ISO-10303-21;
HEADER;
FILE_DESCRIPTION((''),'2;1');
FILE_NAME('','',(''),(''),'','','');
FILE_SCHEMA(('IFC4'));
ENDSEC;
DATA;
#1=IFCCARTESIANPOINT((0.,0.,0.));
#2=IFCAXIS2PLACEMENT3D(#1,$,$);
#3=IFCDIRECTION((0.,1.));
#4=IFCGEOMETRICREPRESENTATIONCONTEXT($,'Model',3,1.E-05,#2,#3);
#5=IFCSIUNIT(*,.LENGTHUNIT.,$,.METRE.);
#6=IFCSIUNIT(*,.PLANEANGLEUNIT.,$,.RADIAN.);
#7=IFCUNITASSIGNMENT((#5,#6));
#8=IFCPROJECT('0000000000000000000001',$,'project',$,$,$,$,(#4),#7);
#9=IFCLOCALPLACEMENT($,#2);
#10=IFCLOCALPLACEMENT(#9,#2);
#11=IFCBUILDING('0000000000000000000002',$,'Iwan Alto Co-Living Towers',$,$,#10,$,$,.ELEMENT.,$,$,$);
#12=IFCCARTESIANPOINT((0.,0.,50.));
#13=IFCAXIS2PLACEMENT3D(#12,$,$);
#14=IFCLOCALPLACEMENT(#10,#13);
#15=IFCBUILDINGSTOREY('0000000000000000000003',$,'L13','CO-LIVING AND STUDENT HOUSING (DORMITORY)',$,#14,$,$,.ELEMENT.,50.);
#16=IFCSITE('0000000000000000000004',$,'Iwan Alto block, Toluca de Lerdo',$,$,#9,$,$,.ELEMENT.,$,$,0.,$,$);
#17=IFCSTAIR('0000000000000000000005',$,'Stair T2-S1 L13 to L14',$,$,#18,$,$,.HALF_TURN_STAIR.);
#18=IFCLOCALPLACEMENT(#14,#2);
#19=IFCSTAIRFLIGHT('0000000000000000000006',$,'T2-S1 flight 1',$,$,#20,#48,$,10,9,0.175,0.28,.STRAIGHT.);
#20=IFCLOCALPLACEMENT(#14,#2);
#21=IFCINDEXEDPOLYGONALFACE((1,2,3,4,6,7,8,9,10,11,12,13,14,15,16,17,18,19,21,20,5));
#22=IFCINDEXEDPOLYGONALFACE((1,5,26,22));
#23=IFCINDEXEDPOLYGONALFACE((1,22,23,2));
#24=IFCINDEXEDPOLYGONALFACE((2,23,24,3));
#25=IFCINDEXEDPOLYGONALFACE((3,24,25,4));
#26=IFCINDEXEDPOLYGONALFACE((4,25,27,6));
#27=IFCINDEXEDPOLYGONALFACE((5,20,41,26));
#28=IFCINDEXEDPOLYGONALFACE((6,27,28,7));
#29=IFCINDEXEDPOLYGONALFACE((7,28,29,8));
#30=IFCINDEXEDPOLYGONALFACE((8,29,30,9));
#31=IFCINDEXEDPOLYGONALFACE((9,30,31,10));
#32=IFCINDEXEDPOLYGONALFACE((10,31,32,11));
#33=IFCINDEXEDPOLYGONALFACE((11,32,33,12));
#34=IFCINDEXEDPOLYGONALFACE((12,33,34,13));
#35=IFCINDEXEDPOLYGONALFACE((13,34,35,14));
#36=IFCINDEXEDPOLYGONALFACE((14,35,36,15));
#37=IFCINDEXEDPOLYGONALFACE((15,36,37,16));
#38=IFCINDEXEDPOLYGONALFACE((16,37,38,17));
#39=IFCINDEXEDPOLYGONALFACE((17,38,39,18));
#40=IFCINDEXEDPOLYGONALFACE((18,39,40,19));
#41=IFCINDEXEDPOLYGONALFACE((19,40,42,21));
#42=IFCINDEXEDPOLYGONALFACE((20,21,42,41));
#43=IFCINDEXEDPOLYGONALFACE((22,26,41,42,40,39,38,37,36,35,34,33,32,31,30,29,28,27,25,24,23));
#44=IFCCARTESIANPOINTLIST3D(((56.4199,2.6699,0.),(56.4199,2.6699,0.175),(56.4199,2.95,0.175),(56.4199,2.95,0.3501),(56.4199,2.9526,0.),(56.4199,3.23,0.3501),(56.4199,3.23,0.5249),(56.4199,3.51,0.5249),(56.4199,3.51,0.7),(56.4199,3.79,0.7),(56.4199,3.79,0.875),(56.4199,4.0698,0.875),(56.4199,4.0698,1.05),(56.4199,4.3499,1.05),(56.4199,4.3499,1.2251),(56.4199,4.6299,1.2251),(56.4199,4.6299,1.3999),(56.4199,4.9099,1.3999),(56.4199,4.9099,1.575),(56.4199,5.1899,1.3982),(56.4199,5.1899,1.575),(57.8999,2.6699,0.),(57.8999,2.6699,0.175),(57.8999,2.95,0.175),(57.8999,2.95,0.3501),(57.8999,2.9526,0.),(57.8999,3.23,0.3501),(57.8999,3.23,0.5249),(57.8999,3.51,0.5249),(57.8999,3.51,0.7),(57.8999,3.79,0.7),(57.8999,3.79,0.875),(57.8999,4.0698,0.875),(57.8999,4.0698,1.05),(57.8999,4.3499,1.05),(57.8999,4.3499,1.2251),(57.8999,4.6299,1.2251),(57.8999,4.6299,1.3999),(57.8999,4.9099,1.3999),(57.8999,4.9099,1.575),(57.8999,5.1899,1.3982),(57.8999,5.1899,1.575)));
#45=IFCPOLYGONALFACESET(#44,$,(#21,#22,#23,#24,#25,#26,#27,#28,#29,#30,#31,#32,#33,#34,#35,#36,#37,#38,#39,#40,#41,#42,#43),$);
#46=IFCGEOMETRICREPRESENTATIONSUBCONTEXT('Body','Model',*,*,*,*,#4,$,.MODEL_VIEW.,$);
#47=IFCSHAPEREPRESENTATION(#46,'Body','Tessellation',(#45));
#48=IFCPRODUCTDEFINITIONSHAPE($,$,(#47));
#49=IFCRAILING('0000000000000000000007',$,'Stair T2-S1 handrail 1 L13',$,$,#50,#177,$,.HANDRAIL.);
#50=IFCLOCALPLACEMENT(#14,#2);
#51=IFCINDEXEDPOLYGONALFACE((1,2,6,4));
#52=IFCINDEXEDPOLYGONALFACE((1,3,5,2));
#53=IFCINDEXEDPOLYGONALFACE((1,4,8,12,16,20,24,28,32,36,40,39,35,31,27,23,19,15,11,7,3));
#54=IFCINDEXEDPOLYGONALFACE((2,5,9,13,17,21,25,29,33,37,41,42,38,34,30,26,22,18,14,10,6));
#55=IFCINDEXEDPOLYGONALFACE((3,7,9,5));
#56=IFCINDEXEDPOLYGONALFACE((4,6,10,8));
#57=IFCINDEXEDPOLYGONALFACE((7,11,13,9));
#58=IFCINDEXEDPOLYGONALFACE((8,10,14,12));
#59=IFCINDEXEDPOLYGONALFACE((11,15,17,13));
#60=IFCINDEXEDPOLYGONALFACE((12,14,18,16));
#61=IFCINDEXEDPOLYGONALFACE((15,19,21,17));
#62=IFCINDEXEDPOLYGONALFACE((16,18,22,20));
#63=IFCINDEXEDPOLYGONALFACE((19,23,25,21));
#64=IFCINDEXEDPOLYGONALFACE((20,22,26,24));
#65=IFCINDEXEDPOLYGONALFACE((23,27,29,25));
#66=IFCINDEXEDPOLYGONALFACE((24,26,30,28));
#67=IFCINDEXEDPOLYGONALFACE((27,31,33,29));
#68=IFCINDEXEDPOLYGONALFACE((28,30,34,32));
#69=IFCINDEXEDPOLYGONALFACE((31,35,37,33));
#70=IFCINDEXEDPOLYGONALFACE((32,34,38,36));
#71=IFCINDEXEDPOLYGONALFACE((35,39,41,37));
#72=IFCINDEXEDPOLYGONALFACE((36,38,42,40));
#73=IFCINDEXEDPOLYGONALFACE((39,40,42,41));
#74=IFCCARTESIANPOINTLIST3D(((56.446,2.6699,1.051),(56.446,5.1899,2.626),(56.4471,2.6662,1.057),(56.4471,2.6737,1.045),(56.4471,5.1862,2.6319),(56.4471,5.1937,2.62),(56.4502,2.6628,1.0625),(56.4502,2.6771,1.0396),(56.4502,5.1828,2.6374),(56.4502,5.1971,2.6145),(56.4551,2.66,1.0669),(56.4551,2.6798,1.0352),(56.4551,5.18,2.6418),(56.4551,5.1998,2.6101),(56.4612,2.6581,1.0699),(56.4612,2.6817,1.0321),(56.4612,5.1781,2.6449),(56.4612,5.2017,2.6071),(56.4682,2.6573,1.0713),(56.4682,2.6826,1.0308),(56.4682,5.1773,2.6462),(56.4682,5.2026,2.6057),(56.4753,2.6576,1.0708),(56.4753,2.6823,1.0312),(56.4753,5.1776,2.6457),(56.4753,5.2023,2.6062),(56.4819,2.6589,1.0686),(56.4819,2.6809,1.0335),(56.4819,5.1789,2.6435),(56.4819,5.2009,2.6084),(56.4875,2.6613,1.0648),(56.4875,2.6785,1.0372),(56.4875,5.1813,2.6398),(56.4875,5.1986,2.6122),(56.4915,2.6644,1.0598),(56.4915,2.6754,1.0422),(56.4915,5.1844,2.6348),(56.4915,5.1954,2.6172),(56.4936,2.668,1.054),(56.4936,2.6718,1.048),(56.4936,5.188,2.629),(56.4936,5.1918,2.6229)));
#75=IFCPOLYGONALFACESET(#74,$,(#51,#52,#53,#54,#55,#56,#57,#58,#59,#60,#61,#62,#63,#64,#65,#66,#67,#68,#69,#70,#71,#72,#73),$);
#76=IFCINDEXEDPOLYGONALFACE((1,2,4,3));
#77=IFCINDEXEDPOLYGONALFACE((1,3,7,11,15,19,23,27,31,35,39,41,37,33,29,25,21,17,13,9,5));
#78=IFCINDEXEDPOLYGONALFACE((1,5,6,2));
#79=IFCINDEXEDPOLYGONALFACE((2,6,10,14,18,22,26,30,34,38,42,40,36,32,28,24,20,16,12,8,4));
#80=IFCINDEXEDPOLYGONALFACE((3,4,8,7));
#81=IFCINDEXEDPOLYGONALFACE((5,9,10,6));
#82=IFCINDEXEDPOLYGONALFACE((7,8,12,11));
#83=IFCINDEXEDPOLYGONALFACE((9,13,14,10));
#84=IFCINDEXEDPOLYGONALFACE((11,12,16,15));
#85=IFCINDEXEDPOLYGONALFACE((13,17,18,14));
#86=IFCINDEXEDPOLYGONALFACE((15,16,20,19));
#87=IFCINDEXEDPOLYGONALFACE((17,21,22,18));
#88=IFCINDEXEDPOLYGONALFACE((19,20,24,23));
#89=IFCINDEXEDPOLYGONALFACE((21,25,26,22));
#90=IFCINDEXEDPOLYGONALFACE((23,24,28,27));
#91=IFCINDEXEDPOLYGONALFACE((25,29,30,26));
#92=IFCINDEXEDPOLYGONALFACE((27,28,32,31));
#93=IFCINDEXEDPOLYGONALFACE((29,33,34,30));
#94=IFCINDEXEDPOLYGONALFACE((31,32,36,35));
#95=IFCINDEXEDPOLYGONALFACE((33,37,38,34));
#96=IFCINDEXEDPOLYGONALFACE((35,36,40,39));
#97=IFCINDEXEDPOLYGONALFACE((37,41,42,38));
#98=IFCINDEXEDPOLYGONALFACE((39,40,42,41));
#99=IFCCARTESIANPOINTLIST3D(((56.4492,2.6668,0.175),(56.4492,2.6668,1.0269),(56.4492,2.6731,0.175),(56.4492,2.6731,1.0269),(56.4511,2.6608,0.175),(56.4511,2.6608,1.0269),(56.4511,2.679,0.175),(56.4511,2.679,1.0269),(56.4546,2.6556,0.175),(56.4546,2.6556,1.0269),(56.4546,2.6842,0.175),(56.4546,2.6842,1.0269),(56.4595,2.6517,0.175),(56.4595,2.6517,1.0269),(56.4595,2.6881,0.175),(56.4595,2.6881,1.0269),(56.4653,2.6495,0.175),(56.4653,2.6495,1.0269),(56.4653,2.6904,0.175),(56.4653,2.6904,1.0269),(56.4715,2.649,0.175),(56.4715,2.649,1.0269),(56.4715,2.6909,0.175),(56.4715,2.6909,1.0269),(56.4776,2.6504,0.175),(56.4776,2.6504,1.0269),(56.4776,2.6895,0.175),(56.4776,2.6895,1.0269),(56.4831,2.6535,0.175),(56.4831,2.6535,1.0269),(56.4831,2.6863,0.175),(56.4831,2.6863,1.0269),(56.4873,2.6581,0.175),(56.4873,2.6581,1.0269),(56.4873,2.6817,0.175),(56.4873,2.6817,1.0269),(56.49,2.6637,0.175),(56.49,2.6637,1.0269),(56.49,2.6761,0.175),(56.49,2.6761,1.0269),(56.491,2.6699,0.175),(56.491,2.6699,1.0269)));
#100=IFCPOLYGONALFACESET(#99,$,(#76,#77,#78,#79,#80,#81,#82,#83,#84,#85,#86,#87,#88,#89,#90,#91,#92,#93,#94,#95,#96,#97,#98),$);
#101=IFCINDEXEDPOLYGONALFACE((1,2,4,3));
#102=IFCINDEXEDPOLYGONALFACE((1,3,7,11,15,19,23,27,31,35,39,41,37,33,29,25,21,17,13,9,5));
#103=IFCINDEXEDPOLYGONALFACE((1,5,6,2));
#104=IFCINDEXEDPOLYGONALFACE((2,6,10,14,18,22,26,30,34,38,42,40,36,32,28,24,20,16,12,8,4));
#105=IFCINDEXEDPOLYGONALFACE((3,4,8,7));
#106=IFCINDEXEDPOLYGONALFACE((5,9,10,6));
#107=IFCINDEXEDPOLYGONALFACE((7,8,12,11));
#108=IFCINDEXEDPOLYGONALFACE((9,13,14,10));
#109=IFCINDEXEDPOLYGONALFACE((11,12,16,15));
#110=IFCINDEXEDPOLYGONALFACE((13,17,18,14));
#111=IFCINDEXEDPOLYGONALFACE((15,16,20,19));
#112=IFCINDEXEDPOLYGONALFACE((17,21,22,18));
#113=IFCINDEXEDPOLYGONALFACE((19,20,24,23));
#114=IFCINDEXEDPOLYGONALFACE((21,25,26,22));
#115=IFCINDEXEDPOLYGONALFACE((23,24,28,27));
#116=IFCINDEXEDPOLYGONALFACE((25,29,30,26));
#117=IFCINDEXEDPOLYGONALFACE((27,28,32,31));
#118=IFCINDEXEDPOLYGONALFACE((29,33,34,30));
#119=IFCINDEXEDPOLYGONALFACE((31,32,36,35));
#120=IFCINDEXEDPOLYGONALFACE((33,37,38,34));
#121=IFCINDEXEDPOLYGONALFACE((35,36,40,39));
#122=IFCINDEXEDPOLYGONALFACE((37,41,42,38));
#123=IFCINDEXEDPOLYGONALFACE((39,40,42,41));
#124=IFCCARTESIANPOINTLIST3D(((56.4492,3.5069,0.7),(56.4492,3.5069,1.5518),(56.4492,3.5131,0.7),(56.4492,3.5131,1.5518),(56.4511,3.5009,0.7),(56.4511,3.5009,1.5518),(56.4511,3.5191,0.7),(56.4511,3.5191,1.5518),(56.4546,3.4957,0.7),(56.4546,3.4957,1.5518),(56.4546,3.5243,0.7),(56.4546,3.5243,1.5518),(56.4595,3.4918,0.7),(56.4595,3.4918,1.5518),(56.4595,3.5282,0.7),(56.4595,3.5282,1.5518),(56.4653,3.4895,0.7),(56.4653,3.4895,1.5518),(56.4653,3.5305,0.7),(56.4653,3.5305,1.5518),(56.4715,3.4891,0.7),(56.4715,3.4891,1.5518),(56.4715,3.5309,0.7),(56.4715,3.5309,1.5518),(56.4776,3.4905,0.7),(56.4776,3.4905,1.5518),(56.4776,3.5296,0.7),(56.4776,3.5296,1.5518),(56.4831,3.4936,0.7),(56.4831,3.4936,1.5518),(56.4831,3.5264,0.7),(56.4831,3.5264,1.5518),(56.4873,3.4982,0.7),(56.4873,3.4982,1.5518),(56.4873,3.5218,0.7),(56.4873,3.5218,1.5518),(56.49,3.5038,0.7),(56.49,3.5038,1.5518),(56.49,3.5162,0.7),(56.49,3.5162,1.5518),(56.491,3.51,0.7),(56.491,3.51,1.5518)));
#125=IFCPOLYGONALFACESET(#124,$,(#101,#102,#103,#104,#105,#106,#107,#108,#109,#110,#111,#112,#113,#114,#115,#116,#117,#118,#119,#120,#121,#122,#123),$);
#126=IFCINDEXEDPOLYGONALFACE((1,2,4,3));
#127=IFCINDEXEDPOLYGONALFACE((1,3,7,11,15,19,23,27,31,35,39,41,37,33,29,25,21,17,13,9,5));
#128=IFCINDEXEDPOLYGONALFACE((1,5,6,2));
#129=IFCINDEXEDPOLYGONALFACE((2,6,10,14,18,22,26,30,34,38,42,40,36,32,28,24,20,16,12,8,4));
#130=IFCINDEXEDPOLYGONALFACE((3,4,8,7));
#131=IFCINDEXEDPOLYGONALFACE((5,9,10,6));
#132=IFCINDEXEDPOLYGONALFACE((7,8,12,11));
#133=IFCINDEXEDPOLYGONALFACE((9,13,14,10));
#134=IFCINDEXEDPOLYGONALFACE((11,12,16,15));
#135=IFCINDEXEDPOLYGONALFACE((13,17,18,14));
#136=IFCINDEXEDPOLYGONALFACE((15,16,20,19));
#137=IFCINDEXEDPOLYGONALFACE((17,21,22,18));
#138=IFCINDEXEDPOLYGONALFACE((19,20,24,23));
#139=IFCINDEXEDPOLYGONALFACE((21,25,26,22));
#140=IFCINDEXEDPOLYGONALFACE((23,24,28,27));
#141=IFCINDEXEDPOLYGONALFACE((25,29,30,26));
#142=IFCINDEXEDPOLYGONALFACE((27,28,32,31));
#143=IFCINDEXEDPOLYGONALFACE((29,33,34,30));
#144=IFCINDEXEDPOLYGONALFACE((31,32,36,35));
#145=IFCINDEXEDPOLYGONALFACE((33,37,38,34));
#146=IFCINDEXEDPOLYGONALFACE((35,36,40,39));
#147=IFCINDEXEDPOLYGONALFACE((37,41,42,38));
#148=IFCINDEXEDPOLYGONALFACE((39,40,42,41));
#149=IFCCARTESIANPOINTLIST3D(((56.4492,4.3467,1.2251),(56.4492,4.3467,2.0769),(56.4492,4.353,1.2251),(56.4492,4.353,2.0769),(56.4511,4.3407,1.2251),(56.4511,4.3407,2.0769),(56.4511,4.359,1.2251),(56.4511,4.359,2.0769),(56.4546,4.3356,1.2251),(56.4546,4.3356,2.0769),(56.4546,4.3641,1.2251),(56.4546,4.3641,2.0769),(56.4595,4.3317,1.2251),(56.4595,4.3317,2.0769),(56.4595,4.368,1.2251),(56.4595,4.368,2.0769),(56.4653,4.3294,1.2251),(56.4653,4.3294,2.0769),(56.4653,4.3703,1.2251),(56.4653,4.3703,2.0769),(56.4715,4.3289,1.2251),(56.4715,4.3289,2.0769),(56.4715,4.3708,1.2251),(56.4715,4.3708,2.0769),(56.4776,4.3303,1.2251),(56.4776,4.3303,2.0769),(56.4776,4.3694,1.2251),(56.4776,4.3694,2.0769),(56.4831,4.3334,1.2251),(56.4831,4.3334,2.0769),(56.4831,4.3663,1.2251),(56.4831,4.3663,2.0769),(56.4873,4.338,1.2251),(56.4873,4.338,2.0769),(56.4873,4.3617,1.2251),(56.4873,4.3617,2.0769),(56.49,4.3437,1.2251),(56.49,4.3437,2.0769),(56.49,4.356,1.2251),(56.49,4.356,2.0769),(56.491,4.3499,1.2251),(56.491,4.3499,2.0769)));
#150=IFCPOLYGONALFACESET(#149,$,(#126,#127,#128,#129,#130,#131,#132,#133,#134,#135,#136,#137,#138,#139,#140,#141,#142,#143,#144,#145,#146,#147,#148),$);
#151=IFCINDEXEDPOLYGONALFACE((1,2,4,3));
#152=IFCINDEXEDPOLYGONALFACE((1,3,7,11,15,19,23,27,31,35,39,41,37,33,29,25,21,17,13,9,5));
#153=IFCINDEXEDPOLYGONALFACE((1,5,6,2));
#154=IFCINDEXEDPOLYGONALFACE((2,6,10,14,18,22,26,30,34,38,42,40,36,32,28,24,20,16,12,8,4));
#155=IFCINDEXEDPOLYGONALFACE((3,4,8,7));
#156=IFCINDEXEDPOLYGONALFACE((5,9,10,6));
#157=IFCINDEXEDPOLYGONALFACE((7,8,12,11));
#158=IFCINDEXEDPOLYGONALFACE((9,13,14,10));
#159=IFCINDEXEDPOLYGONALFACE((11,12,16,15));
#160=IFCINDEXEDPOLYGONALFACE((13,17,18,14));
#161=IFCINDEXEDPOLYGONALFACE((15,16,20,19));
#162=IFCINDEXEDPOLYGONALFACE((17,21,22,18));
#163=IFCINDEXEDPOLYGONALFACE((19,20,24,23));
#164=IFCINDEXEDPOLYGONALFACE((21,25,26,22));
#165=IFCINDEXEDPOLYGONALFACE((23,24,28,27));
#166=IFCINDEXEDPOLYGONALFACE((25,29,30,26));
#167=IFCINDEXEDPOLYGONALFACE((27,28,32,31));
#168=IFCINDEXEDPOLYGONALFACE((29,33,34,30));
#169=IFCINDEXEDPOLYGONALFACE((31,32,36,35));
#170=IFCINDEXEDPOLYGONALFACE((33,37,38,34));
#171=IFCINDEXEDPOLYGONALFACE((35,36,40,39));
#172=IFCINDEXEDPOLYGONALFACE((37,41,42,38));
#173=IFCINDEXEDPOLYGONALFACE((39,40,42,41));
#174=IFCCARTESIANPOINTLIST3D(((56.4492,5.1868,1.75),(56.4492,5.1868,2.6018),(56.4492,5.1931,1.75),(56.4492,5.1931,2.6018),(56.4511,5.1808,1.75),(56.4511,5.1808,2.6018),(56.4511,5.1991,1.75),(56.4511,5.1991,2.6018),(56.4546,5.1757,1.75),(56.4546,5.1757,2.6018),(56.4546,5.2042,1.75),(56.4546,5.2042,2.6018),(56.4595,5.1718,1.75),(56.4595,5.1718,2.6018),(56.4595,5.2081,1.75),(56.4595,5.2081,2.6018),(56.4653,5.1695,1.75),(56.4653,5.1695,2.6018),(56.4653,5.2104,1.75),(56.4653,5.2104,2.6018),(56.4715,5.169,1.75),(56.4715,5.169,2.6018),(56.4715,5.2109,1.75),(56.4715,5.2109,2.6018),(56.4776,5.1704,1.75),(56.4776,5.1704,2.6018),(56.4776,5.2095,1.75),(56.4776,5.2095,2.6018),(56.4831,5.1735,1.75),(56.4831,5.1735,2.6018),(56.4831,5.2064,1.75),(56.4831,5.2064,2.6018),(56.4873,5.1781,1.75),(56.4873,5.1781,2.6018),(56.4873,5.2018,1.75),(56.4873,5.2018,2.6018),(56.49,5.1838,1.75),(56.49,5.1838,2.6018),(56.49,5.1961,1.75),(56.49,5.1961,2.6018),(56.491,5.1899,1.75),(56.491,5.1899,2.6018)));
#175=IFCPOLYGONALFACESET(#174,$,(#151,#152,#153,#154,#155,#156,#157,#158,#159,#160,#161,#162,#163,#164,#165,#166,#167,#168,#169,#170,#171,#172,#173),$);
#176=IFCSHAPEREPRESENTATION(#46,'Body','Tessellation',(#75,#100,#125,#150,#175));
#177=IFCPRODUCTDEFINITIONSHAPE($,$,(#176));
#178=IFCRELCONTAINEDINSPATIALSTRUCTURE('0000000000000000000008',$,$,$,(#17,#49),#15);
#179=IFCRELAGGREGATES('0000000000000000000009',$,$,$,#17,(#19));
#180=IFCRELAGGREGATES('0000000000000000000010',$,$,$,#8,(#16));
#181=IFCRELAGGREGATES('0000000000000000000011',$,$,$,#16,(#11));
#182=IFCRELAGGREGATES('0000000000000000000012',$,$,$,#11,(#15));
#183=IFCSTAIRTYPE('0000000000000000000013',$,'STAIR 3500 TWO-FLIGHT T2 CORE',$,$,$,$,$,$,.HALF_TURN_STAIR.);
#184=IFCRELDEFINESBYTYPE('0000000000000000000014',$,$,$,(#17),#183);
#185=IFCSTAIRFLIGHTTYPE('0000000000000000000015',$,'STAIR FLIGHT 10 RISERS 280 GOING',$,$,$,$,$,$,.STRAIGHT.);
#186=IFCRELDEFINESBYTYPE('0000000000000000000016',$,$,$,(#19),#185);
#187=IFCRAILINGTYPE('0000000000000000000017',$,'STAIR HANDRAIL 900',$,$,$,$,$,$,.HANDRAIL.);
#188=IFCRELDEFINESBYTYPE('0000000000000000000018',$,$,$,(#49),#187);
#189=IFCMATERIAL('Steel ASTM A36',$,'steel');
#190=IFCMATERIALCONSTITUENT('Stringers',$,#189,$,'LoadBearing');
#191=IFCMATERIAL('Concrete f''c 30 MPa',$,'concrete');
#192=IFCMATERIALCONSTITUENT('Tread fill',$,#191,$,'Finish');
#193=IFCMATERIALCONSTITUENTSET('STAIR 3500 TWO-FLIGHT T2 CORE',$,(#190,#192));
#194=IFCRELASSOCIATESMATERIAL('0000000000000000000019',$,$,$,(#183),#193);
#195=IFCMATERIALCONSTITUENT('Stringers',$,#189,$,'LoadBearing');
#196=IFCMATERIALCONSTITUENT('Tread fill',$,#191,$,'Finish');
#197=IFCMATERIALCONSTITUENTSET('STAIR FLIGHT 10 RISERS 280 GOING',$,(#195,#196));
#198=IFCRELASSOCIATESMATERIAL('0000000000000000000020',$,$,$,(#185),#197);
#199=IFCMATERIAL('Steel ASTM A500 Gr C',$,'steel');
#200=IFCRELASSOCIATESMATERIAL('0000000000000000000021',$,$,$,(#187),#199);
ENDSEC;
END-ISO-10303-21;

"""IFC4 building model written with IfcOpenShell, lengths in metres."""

from ifc_helpers import new_model, si_unit, direction, frame, origin, origin_2d, place, context, subcontext, project, spatial, polyline, circle, outline, extrude, material, constituent, constituent_set, type_object, element, aggregate, save


model = new_model("IFC4")

# Units and contexts
model_context = context("Model", 3, precision=1e-05, world=origin(), true_north=direction((0.0, 1.0)))
body_context = subcontext(model_context, "Body", "Model", "MODEL_VIEW")
ifc_project = project(units=[si_unit("LENGTHUNIT", "METRE"), si_unit("PLANEANGLEUNIT", "RADIAN")], contexts=[model_context])

# Site, building, storey
site_placement = place(None, origin())
site = spatial("IfcSite", under=ifc_project, at=site_placement, Name="Iwan Alto block, Toluca de Lerdo", CompositionType="ELEMENT", RefElevation=0.0)
building_placement = place(site_placement, origin())
building = spatial("IfcBuilding", under=site, at=building_placement, Name="Iwan Alto Co-Living Towers", CompositionType="ELEMENT")
storey_placement = place(building_placement, frame((0.0, 0.0, 50.0)))
storey = spatial("IfcBuildingStorey", under=building, at=storey_placement, Name="L13", Description="CO-LIVING AND STUDENT HOUSING (DORMITORY)", CompositionType="ELEMENT", Elevation=50.0)

# Stair, stair flight
ifc_material_1 = material(Name="Steel ASTM A36", Category="steel")
ifc_constituent_1 = constituent(ifc_material_1, Name="Stringers", Category="LoadBearing")
ifc_material_2 = material(Name="Concrete f'c 30 MPa", Category="concrete")
ifc_constituent_2 = constituent(ifc_material_2, Name="Tread fill", Category="Finish")
ifc_constituent_set_1 = constituent_set(constituents=[ifc_constituent_1, ifc_constituent_2], Name="STAIR 3500 TWO-FLIGHT T2 CORE")
stair_type = type_object("IfcStairType", Name="STAIR 3500 TWO-FLIGHT T2 CORE", PredefinedType="HALF_TURN_STAIR", material=ifc_constituent_set_1)
stair_placement = place(storey_placement, origin())
stair = element("IfcStair", 1, at=stair_placement, inside=storey, type_object=stair_type, Name="Stair T2-S1 L13 to L14", PredefinedType="HALF_TURN_STAIR")
ifc_constituent_3 = constituent(ifc_material_1, Name="Stringers", Category="LoadBearing")
ifc_constituent_4 = constituent(ifc_material_2, Name="Tread fill", Category="Finish")
ifc_constituent_set_2 = constituent_set(constituents=[ifc_constituent_3, ifc_constituent_4], Name="STAIR FLIGHT 10 RISERS 280 GOING")
stair_flight_type = type_object("IfcStairFlightType", Name="STAIR FLIGHT 10 RISERS 280 GOING", PredefinedType="STRAIGHT", material=ifc_constituent_set_2)
stair_flight_placement = place(storey_placement, frame((57.1599, 2.6699, 0.0), z_axis=(0.0, 0.0, 1.0), x_axis=(0.0, 1.0, 0.0)))
stair_flight = element("IfcStairFlight", 2, at=stair_flight_placement, type_object=stair_flight_type, Name="T2-S1 flight 1", NumberOfRisers=10, NumberOfTreads=9, PredefinedType="STRAIGHT", RiserHeight=0.175, TreadLength=0.28, context=body_context, shape_type="SweptSolid", body=[
    extrude(outline(polyline([(0.0, 0.0), (0.0, 0.175), (0.28, 0.175), (0.28, 0.3501), (0.5601, 0.3501), (0.5601, 0.5249), (0.8401, 0.5249), (0.8401, 0.7), (1.1201, 0.7), (1.1201, 0.875), (1.3999, 0.875), (1.3999, 1.05), (1.6799, 1.05), (1.6799, 1.2251), (1.96, 1.2251), (1.96, 1.3999), (2.24, 1.3999), (2.24, 1.575), (2.52, 1.575), (2.52, 1.75), (2.52, 1.3982), (0.2827, 0.0), (0.0, 0.0)])), frame((0.0, 0.74, 0.0), z_axis=(0.0, -1.0, 0.0), x_axis=(1.0, 0.0, 0.0)), (0.0, 0.0, 1.0), 1.48),
])
aggregate(stair, [stair_flight])

# Railing
ifc_material_3 = material(Name="Steel ASTM A500 Gr C", Category="steel")
railing_type_1 = type_object("IfcRailingType", Name="STAIR HANDRAIL 900", PredefinedType="HANDRAIL", material=ifc_material_3)
railing_1_placement = place(storey_placement, frame((56.47, 2.6699, 0.175)))
element("IfcRailing", 3, at=railing_1_placement, inside=storey, type_object=railing_type_1, Name="Stair T2-S1 handrail 1 L13", PredefinedType="HANDRAIL", context=body_context, shape_type="SweptSolid", body=[
    extrude(circle(Radius=0.0239, at=origin_2d()), frame((0.0, 0.0, 0.876), z_axis=(0.0, 0.848008, 0.529984), x_axis=(-1.0, 0.0, 0.0)), (0.0, 0.0, 1.0), 2.9717),
    extrude(circle(Radius=0.021, at=origin_2d()), origin(), (0.0, 0.0, 1.0), 0.8518),
    extrude(circle(Radius=0.021, at=origin_2d()), frame((0.0, 0.8401, 0.5249)), (0.0, 0.0, 1.0), 0.8518),
    extrude(circle(Radius=0.021, at=origin_2d()), frame((0.0, 1.6799, 1.05)), (0.0, 0.0, 1.0), 0.8518),
    extrude(circle(Radius=0.021, at=origin_2d()), frame((0.0, 2.52, 1.575)), (0.0, 0.0, 1.0), 0.8518),
])

save(model, "model.ifc")
